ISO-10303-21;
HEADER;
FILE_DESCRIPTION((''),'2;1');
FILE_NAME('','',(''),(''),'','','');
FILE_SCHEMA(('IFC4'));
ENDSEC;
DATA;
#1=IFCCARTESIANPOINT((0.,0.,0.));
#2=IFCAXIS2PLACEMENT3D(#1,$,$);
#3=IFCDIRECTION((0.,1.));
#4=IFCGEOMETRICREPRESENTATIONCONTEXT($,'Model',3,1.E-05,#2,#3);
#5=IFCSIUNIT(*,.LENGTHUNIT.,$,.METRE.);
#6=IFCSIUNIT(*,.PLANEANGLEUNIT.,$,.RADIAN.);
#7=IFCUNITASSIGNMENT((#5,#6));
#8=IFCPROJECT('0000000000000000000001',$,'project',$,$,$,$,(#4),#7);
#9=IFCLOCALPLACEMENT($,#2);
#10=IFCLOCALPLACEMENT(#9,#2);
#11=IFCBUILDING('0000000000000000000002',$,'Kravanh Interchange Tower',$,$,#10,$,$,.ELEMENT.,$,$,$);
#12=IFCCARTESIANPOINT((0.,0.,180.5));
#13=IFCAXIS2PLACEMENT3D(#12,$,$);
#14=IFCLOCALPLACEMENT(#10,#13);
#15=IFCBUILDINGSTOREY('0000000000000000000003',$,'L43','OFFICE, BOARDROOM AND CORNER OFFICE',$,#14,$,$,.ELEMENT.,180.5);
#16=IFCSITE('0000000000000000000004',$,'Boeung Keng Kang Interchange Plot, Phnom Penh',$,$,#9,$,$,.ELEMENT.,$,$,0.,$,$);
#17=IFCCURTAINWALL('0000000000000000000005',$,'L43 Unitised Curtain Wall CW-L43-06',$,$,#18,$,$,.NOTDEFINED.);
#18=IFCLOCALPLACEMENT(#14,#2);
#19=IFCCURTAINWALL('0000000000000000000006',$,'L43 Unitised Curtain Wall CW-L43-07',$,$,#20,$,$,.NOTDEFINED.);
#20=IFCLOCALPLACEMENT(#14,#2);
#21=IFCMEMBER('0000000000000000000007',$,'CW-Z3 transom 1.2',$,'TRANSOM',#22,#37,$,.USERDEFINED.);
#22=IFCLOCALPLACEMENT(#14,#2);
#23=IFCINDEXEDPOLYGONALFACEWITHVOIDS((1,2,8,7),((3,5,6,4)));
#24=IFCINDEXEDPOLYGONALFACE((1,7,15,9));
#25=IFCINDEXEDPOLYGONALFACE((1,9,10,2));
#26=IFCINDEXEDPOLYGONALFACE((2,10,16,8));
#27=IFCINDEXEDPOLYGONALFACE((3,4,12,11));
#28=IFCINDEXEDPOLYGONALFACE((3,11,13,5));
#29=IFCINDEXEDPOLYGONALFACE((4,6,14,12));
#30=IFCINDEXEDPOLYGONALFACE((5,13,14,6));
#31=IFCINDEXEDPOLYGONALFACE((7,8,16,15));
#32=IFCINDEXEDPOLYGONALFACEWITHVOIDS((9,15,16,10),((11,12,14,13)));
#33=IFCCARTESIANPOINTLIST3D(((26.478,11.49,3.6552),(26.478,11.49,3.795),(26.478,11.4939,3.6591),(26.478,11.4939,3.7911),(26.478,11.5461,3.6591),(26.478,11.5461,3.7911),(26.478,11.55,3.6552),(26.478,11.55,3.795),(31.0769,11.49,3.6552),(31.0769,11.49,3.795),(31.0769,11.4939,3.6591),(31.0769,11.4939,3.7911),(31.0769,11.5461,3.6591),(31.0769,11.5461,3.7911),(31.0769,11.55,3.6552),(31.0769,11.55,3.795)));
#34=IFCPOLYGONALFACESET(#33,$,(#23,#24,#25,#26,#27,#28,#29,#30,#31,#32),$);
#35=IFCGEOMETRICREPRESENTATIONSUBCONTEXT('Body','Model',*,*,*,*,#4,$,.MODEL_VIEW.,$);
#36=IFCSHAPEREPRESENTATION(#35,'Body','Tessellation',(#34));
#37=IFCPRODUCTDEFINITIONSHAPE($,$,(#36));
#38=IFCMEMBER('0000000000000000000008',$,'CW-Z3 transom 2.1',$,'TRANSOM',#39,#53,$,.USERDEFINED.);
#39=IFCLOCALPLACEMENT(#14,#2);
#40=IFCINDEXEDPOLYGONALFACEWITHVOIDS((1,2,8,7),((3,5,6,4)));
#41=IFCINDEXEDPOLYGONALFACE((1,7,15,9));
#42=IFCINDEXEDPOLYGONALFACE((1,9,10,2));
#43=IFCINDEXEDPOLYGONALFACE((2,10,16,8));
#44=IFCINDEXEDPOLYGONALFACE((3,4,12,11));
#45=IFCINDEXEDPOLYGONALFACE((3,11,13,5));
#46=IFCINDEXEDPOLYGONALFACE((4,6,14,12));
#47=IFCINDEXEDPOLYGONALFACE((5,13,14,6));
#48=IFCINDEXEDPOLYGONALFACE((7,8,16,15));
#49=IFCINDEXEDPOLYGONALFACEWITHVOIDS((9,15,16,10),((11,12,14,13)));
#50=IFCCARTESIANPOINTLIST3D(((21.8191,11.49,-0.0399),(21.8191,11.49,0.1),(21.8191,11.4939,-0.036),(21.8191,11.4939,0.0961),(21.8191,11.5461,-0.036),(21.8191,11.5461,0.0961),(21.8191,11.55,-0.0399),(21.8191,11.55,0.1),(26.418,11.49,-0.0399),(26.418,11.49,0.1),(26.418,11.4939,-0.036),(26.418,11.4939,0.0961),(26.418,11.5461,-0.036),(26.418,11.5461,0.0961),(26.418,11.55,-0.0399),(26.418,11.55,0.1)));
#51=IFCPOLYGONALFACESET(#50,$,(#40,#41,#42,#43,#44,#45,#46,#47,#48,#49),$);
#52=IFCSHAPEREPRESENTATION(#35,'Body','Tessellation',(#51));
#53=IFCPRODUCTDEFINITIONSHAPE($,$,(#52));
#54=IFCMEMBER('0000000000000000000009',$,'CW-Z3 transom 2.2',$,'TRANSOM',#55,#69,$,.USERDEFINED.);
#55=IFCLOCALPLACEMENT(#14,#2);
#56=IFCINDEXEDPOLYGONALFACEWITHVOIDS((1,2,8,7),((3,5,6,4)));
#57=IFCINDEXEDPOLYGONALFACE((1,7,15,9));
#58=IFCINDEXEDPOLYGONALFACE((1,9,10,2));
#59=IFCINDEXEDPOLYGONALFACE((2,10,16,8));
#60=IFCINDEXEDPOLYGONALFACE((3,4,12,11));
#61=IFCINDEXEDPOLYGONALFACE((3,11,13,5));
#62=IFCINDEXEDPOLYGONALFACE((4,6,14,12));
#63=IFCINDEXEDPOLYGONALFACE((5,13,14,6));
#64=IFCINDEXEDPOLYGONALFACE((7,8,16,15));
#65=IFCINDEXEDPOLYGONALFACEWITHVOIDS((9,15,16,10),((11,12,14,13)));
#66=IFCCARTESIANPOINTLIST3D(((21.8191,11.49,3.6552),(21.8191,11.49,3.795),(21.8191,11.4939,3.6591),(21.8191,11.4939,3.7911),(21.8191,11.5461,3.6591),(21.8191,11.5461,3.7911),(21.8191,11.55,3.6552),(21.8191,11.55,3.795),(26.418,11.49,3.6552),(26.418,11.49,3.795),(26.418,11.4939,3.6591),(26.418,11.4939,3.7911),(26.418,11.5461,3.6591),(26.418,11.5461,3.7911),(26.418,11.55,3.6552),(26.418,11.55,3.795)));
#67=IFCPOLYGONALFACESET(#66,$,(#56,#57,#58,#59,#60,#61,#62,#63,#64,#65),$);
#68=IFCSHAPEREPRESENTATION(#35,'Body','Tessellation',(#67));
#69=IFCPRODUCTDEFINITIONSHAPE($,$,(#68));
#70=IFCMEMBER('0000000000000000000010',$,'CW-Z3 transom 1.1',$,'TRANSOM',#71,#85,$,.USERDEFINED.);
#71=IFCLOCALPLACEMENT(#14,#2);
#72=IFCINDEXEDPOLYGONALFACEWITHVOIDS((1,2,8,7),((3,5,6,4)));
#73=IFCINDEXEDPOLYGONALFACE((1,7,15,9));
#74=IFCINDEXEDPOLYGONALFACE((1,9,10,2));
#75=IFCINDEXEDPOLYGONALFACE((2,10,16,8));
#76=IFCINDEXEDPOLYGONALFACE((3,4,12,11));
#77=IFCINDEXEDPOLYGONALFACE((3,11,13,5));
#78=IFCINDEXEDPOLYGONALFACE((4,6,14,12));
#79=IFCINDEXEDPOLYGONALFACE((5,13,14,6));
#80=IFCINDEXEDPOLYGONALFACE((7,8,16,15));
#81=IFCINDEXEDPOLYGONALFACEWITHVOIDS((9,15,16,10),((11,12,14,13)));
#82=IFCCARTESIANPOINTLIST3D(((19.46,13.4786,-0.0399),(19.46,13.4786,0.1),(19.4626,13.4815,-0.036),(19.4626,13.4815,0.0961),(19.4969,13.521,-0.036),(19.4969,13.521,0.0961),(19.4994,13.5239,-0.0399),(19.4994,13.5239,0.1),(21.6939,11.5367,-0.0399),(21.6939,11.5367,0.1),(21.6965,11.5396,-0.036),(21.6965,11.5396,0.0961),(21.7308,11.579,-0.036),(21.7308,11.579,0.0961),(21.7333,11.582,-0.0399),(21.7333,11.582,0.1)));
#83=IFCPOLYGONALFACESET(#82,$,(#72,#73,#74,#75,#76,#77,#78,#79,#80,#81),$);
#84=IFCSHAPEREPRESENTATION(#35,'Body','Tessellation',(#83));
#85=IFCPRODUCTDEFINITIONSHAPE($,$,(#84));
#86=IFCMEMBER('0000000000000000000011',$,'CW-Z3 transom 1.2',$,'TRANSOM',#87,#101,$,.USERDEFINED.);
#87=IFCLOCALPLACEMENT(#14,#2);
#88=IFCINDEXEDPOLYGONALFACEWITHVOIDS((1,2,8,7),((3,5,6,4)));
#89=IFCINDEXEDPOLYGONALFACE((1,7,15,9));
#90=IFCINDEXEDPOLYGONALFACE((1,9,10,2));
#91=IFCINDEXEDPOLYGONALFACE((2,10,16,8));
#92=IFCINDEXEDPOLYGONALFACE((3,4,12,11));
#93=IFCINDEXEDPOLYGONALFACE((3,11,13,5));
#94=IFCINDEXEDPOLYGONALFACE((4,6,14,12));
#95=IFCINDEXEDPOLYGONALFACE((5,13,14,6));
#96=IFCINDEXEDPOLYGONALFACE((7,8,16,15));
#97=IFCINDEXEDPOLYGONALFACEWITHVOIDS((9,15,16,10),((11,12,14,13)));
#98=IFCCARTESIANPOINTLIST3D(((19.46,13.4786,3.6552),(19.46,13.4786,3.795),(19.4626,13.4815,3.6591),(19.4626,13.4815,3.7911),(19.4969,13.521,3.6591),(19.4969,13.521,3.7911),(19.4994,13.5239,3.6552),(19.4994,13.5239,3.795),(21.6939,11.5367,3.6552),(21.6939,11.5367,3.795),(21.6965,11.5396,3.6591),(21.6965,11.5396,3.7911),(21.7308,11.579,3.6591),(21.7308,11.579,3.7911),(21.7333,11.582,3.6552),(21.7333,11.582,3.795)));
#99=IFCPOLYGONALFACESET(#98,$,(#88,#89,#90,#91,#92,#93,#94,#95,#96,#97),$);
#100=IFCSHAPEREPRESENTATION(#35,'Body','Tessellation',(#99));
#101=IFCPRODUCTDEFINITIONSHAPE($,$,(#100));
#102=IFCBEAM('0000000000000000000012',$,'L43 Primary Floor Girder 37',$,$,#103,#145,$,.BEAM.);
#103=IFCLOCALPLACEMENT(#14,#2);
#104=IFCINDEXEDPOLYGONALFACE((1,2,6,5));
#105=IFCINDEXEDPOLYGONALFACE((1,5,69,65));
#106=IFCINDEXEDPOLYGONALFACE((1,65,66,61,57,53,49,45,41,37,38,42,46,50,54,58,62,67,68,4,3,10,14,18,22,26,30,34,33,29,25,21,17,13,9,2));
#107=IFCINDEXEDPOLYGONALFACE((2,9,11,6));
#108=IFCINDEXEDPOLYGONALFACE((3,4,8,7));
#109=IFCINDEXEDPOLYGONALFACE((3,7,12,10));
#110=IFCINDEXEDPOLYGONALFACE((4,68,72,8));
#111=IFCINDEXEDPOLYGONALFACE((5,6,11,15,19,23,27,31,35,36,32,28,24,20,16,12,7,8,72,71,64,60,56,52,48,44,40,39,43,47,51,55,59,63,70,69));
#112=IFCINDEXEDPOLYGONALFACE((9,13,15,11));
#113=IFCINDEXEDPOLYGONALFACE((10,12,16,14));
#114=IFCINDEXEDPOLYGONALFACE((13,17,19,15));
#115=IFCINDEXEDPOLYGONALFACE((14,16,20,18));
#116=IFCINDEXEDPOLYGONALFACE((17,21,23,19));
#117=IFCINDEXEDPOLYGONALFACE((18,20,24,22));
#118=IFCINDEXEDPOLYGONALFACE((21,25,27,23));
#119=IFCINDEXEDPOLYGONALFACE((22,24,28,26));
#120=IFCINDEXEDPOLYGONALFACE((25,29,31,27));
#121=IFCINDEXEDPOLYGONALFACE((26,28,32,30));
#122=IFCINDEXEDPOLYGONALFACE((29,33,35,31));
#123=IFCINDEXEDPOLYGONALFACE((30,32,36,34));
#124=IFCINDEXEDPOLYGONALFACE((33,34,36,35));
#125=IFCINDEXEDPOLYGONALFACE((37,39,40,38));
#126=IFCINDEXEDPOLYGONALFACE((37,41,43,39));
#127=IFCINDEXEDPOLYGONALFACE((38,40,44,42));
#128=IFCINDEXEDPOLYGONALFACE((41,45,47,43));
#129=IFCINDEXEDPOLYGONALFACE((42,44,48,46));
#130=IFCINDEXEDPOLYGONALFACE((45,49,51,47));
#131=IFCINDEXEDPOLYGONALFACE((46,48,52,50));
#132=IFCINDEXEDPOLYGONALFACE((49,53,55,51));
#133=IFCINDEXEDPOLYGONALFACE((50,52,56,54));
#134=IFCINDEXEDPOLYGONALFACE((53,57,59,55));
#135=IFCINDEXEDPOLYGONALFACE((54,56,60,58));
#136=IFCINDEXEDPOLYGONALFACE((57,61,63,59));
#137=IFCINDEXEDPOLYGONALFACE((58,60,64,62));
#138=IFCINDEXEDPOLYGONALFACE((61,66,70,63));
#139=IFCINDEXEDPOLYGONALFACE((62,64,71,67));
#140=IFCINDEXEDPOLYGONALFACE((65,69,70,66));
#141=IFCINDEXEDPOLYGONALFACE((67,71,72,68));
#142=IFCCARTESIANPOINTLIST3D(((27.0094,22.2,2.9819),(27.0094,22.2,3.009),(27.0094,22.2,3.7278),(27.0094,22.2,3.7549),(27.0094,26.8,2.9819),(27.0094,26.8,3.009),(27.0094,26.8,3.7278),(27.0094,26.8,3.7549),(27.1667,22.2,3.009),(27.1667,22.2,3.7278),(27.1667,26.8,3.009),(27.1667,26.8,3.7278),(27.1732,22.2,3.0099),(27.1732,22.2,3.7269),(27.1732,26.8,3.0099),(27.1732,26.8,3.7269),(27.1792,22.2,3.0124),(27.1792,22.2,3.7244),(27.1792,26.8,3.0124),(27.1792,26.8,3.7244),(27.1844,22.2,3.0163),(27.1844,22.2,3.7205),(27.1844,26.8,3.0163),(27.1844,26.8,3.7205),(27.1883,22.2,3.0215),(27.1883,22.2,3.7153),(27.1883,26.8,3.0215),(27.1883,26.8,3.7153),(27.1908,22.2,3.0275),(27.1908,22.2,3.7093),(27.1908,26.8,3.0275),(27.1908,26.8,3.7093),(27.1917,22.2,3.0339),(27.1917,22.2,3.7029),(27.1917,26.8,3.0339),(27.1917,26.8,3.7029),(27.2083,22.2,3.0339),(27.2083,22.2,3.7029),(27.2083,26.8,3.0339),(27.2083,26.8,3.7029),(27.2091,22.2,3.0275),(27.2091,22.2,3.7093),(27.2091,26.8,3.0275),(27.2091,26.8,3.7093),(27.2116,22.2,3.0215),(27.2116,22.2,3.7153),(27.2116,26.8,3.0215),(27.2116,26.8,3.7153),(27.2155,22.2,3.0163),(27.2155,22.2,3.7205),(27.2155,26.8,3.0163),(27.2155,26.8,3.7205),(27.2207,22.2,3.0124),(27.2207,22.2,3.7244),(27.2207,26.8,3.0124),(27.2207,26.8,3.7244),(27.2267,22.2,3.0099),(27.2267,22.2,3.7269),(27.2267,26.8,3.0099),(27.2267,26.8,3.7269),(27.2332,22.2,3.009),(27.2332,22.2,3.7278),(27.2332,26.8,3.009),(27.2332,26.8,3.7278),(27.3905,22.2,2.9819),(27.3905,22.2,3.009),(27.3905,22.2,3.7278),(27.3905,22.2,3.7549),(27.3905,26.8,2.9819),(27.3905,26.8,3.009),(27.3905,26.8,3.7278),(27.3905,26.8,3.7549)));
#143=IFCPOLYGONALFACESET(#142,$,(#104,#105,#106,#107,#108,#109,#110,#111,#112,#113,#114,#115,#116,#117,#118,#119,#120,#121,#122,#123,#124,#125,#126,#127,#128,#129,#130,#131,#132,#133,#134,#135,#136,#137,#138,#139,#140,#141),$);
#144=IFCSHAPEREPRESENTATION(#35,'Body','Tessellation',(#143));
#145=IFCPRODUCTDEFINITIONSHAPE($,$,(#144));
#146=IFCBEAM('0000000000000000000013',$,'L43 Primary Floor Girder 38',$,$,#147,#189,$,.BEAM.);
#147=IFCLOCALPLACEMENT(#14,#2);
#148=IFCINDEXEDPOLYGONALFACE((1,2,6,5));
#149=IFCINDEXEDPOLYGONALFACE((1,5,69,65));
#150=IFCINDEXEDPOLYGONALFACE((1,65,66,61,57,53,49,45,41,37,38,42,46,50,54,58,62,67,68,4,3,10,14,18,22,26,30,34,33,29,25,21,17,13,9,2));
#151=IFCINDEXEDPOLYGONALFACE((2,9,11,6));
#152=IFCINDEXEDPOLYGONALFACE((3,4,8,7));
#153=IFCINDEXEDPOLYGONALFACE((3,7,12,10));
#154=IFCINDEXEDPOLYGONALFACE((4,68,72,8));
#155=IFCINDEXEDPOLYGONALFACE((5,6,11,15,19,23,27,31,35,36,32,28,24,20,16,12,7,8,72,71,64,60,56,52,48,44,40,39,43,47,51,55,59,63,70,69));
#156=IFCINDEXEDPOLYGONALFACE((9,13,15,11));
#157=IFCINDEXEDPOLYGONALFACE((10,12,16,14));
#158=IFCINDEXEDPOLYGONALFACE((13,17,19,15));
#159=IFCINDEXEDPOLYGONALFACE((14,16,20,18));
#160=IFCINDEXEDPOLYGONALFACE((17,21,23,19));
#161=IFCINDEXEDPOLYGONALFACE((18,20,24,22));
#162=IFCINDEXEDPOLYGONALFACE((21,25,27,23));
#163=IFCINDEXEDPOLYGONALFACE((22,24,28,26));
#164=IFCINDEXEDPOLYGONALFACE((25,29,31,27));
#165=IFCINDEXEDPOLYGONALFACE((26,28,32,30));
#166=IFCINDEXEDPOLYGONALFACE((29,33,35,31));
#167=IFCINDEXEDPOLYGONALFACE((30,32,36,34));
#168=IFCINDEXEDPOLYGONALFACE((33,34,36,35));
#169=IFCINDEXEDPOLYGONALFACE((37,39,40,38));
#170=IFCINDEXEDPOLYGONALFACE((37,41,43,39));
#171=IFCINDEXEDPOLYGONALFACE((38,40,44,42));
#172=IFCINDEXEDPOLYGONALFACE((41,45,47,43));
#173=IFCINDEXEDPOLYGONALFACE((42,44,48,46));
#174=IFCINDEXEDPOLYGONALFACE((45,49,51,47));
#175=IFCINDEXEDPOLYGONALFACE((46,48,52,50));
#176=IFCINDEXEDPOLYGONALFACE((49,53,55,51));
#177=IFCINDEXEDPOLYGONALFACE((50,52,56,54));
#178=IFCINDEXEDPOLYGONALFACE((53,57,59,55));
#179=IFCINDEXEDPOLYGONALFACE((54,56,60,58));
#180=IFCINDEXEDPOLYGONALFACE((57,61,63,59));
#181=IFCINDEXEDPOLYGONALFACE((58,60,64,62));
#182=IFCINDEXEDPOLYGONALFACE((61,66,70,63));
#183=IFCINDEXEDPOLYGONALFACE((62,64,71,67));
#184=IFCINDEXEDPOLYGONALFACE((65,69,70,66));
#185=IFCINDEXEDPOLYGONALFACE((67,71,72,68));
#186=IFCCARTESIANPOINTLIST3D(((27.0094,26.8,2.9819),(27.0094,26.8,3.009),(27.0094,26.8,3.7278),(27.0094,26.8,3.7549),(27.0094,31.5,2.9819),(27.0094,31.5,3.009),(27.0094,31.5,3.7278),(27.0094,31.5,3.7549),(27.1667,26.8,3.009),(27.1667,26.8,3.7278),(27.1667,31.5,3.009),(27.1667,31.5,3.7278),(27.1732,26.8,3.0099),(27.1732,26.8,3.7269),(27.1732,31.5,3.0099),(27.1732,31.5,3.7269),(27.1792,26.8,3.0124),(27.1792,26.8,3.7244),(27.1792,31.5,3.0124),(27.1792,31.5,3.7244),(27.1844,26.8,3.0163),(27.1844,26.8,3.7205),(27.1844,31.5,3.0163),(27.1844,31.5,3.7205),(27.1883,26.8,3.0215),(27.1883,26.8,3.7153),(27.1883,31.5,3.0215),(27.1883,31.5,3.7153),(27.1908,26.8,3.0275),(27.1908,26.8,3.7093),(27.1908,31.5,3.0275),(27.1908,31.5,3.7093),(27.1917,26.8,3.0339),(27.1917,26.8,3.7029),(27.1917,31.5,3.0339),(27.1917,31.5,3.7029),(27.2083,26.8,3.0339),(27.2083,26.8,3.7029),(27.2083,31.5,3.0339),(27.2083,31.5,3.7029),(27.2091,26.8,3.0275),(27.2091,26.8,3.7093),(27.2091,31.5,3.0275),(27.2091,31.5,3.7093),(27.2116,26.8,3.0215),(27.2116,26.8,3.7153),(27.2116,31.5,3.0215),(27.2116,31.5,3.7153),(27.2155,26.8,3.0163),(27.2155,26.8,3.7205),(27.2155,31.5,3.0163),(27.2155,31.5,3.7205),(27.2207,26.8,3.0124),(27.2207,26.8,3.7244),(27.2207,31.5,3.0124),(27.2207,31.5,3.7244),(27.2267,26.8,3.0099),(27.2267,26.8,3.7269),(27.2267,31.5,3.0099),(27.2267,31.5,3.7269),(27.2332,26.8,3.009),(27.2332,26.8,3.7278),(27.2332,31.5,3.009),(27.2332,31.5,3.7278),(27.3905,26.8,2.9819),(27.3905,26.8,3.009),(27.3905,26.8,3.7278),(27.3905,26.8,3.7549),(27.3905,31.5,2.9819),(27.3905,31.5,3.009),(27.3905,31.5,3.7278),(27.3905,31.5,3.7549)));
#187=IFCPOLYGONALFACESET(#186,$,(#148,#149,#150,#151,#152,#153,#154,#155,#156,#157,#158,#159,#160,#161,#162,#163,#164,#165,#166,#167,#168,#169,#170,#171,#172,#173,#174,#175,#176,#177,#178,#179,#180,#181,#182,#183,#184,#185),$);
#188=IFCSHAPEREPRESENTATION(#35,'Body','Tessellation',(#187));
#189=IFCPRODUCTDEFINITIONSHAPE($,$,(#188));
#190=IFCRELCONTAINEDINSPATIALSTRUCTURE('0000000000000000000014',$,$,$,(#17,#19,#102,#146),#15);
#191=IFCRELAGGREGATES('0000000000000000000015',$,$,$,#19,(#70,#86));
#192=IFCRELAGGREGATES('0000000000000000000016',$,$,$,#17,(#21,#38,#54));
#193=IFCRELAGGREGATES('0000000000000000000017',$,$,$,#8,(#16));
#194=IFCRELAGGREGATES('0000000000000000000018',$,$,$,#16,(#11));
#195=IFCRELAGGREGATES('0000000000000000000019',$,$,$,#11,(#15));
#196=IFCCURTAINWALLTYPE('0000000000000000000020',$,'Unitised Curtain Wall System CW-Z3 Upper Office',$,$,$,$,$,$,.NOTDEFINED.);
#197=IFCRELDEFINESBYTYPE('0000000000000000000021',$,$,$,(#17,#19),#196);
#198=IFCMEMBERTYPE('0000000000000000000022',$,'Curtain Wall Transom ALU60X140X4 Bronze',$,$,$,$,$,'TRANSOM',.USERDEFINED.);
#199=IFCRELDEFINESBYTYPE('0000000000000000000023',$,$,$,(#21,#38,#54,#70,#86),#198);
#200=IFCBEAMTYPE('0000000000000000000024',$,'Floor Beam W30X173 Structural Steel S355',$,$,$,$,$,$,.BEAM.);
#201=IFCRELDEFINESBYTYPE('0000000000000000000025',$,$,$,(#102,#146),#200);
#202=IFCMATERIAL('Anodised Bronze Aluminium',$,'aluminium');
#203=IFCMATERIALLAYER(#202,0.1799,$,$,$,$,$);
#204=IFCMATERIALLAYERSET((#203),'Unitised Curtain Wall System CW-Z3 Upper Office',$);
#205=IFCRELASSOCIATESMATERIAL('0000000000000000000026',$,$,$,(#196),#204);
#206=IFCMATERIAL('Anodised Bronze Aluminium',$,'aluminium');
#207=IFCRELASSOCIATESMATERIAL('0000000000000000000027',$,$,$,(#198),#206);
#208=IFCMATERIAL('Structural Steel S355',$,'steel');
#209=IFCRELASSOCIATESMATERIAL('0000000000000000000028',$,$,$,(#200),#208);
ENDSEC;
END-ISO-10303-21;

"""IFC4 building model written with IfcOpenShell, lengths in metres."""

from ifc_helpers import new_model, si_unit, direction, frame, origin, origin_2d, place, context, subcontext, project, spatial, hollow_rectangle, i_section, extrude, material, layer, layer_set, material_profile, profile_set, type_object, element, aggregate, save


model = new_model("IFC4")

# Units and contexts
model_context = context("Model", 3, precision=1e-05, world=origin(), true_north=direction((0.0, 1.0)))
body_context = subcontext(model_context, "Body", "Model", "MODEL_VIEW")
ifc_project = project(units=[si_unit("LENGTHUNIT", "METRE"), si_unit("PLANEANGLEUNIT", "RADIAN")], contexts=[model_context])

# Site, building, storey
site_placement = place(None, origin())
site = spatial("IfcSite", under=ifc_project, at=site_placement, Name="Boeung Keng Kang Interchange Plot, Phnom Penh", CompositionType="ELEMENT", RefElevation=0.0)
building_placement = place(site_placement, origin())
building = spatial("IfcBuilding", under=site, at=building_placement, Name="Kravanh Interchange Tower", CompositionType="ELEMENT")
storey_placement = place(building_placement, frame((0.0, 0.0, 180.5)))
storey = spatial("IfcBuildingStorey", under=building, at=storey_placement, Name="L43", Description="OFFICE, BOARDROOM AND CORNER OFFICE", CompositionType="ELEMENT", Elevation=180.5)

# Curtain wall
ifc_material_1 = material(Name="Anodised Bronze Aluminium", Category="aluminium")
ifc_layer_1 = layer(ifc_material_1, 0.1799)
ifc_layer_set_1 = layer_set([ifc_layer_1], Name="Unitised Curtain Wall System CW-Z3 Upper Office")
curtain_wall_type = type_object("IfcCurtainWallType", Name="Unitised Curtain Wall System CW-Z3 Upper Office", PredefinedType="NOTDEFINED", material=ifc_layer_set_1)
curtain_wall_1_placement = place(storey_placement, origin())
curtain_wall_1 = element("IfcCurtainWall", 1, at=curtain_wall_1_placement, inside=storey, type_object=curtain_wall_type, Name="L43 Unitised Curtain Wall CW-L43-06", PredefinedType="NOTDEFINED")

# Curtain wall
curtain_wall_2_placement = place(storey_placement, origin())
curtain_wall_2 = element("IfcCurtainWall", 2, at=curtain_wall_2_placement, inside=storey, type_object=curtain_wall_type, Name="L43 Unitised Curtain Wall CW-L43-07", PredefinedType="NOTDEFINED")

# Members
ifc_material_2 = material(Name="Anodised Bronze Aluminium", Category="aluminium")
ifc_material_profile_1 = material_profile(ifc_material_2, hollow_rectangle(XDim=0.0601, YDim=0.1399, WallThickness=0.0039, at=origin_2d()), Name="ALU60X140X4")
ifc_profile_set_1 = profile_set([ifc_material_profile_1], Name="Anodised Bronze Aluminium")
member_type_1 = type_object("IfcMemberType", Name="Curtain Wall Transom ALU60X140X4 Bronze", ElementType="TRANSOM", PredefinedType="USERDEFINED", material=ifc_profile_set_1)
member_1_placement = place(storey_placement, frame((31.0769, 11.52, 3.7251), z_axis=(-1.0, 0.0, 0.0), x_axis=(0.0, -1.0, 0.0)))
member_1 = element("IfcMember", 3, at=member_1_placement, type_object=member_type_1, Name="CW-Z3 transom 1.2", ObjectType="TRANSOM", PredefinedType="USERDEFINED", context=body_context, shape_type="SweptSolid", body=[
    extrude(hollow_rectangle(XDim=0.0601, YDim=0.1399, WallThickness=0.0039, at=origin_2d()), origin(), (0.0, 0.0, 1.0), 4.5989),
])
member_2_placement = place(storey_placement, frame((26.418, 11.52, 0.03), z_axis=(-1.0, 0.0, 0.0), x_axis=(0.0, -1.0, 0.0)))
member_2 = element("IfcMember", 4, at=member_2_placement, type_object=member_type_1, Name="CW-Z3 transom 2.1", ObjectType="TRANSOM", PredefinedType="USERDEFINED", context=body_context, shape_type="SweptSolid", body=[
    extrude(hollow_rectangle(XDim=0.0601, YDim=0.1399, WallThickness=0.0039, at=origin_2d()), origin(), (0.0, 0.0, 1.0), 4.5989),
])
member_3_placement = place(storey_placement, frame((26.418, 11.52, 3.7251), z_axis=(-1.0, 0.0, 0.0), x_axis=(0.0, -1.0, 0.0)))
member_3 = element("IfcMember", 5, at=member_3_placement, type_object=member_type_1, Name="CW-Z3 transom 2.2", ObjectType="TRANSOM", PredefinedType="USERDEFINED", context=body_context, shape_type="SweptSolid", body=[
    extrude(hollow_rectangle(XDim=0.0601, YDim=0.1399, WallThickness=0.0039, at=origin_2d()), origin(), (0.0, 0.0, 1.0), 4.5989),
])
member_4_placement = place(storey_placement, frame((21.7136, 11.5593, 0.03), z_axis=(-0.754709, 0.65606, 0.0), x_axis=(-0.65606, -0.754709, 0.0)))
member_4 = element("IfcMember", 6, at=member_4_placement, type_object=member_type_1, Name="CW-Z3 transom 1.1", ObjectType="TRANSOM", PredefinedType="USERDEFINED", context=body_context, shape_type="SweptSolid", body=[
    extrude(hollow_rectangle(XDim=0.0601, YDim=0.1399, WallThickness=0.0039, at=origin_2d()), origin(), (0.0, 0.0, 1.0), 2.96),
])
member_5_placement = place(storey_placement, frame((21.7136, 11.5593, 3.7251), z_axis=(-0.754709, 0.65606, 0.0), x_axis=(-0.65606, -0.754709, 0.0)))
member_5 = element("IfcMember", 7, at=member_5_placement, type_object=member_type_1, Name="CW-Z3 transom 1.2", ObjectType="TRANSOM", PredefinedType="USERDEFINED", context=body_context, shape_type="SweptSolid", body=[
    extrude(hollow_rectangle(XDim=0.0601, YDim=0.1399, WallThickness=0.0039, at=origin_2d()), origin(), (0.0, 0.0, 1.0), 2.96),
])
aggregate(curtain_wall_2, [member_4, member_5])

# Beams
ifc_material_3 = material(Name="Structural Steel S355", Category="steel")
ifc_material_profile_2 = material_profile(ifc_material_3, i_section(OverallWidth=0.3811, OverallDepth=0.7729, WebThickness=0.0166, FlangeThickness=0.0271, FilletRadius=0.0249, at=origin_2d()), Name="W30X173")
ifc_profile_set_2 = profile_set([ifc_material_profile_2], Name="Structural Steel S355")
beam_type_1 = type_object("IfcBeamType", Name="Floor Beam W30X173 Structural Steel S355", PredefinedType="BEAM", material=ifc_profile_set_2)
beam_1_placement = place(storey_placement, frame((27.2, 26.8, 3.3684), z_axis=(0.0, -1.0, 0.0), x_axis=(1.0, 0.0, 0.0)))
element("IfcBeam", 8, at=beam_1_placement, inside=storey, type_object=beam_type_1, Name="L43 Primary Floor Girder 37", PredefinedType="BEAM", context=body_context, shape_type="SweptSolid", body=[
    extrude(i_section(OverallWidth=0.3811, OverallDepth=0.7729, WebThickness=0.0166, FlangeThickness=0.0271, FilletRadius=0.0249, at=origin_2d()), origin(), (0.0, 0.0, 1.0), 4.6001),
])
beam_2_placement = place(storey_placement, frame((27.2, 26.8, 3.3684), z_axis=(0.0, 1.0, 0.0), x_axis=(-1.0, 0.0, 0.0)))
element("IfcBeam", 9, at=beam_2_placement, inside=storey, type_object=beam_type_1, Name="L43 Primary Floor Girder 38", PredefinedType="BEAM", context=body_context, shape_type="SweptSolid", body=[
    extrude(i_section(OverallWidth=0.3811, OverallDepth=0.7729, WebThickness=0.0166, FlangeThickness=0.0271, FilletRadius=0.0249, at=origin_2d()), origin(), (0.0, 0.0, 1.0), 4.7),
])

aggregate(curtain_wall_1, [member_1, member_2, member_3])

save(model, "model.ifc")
